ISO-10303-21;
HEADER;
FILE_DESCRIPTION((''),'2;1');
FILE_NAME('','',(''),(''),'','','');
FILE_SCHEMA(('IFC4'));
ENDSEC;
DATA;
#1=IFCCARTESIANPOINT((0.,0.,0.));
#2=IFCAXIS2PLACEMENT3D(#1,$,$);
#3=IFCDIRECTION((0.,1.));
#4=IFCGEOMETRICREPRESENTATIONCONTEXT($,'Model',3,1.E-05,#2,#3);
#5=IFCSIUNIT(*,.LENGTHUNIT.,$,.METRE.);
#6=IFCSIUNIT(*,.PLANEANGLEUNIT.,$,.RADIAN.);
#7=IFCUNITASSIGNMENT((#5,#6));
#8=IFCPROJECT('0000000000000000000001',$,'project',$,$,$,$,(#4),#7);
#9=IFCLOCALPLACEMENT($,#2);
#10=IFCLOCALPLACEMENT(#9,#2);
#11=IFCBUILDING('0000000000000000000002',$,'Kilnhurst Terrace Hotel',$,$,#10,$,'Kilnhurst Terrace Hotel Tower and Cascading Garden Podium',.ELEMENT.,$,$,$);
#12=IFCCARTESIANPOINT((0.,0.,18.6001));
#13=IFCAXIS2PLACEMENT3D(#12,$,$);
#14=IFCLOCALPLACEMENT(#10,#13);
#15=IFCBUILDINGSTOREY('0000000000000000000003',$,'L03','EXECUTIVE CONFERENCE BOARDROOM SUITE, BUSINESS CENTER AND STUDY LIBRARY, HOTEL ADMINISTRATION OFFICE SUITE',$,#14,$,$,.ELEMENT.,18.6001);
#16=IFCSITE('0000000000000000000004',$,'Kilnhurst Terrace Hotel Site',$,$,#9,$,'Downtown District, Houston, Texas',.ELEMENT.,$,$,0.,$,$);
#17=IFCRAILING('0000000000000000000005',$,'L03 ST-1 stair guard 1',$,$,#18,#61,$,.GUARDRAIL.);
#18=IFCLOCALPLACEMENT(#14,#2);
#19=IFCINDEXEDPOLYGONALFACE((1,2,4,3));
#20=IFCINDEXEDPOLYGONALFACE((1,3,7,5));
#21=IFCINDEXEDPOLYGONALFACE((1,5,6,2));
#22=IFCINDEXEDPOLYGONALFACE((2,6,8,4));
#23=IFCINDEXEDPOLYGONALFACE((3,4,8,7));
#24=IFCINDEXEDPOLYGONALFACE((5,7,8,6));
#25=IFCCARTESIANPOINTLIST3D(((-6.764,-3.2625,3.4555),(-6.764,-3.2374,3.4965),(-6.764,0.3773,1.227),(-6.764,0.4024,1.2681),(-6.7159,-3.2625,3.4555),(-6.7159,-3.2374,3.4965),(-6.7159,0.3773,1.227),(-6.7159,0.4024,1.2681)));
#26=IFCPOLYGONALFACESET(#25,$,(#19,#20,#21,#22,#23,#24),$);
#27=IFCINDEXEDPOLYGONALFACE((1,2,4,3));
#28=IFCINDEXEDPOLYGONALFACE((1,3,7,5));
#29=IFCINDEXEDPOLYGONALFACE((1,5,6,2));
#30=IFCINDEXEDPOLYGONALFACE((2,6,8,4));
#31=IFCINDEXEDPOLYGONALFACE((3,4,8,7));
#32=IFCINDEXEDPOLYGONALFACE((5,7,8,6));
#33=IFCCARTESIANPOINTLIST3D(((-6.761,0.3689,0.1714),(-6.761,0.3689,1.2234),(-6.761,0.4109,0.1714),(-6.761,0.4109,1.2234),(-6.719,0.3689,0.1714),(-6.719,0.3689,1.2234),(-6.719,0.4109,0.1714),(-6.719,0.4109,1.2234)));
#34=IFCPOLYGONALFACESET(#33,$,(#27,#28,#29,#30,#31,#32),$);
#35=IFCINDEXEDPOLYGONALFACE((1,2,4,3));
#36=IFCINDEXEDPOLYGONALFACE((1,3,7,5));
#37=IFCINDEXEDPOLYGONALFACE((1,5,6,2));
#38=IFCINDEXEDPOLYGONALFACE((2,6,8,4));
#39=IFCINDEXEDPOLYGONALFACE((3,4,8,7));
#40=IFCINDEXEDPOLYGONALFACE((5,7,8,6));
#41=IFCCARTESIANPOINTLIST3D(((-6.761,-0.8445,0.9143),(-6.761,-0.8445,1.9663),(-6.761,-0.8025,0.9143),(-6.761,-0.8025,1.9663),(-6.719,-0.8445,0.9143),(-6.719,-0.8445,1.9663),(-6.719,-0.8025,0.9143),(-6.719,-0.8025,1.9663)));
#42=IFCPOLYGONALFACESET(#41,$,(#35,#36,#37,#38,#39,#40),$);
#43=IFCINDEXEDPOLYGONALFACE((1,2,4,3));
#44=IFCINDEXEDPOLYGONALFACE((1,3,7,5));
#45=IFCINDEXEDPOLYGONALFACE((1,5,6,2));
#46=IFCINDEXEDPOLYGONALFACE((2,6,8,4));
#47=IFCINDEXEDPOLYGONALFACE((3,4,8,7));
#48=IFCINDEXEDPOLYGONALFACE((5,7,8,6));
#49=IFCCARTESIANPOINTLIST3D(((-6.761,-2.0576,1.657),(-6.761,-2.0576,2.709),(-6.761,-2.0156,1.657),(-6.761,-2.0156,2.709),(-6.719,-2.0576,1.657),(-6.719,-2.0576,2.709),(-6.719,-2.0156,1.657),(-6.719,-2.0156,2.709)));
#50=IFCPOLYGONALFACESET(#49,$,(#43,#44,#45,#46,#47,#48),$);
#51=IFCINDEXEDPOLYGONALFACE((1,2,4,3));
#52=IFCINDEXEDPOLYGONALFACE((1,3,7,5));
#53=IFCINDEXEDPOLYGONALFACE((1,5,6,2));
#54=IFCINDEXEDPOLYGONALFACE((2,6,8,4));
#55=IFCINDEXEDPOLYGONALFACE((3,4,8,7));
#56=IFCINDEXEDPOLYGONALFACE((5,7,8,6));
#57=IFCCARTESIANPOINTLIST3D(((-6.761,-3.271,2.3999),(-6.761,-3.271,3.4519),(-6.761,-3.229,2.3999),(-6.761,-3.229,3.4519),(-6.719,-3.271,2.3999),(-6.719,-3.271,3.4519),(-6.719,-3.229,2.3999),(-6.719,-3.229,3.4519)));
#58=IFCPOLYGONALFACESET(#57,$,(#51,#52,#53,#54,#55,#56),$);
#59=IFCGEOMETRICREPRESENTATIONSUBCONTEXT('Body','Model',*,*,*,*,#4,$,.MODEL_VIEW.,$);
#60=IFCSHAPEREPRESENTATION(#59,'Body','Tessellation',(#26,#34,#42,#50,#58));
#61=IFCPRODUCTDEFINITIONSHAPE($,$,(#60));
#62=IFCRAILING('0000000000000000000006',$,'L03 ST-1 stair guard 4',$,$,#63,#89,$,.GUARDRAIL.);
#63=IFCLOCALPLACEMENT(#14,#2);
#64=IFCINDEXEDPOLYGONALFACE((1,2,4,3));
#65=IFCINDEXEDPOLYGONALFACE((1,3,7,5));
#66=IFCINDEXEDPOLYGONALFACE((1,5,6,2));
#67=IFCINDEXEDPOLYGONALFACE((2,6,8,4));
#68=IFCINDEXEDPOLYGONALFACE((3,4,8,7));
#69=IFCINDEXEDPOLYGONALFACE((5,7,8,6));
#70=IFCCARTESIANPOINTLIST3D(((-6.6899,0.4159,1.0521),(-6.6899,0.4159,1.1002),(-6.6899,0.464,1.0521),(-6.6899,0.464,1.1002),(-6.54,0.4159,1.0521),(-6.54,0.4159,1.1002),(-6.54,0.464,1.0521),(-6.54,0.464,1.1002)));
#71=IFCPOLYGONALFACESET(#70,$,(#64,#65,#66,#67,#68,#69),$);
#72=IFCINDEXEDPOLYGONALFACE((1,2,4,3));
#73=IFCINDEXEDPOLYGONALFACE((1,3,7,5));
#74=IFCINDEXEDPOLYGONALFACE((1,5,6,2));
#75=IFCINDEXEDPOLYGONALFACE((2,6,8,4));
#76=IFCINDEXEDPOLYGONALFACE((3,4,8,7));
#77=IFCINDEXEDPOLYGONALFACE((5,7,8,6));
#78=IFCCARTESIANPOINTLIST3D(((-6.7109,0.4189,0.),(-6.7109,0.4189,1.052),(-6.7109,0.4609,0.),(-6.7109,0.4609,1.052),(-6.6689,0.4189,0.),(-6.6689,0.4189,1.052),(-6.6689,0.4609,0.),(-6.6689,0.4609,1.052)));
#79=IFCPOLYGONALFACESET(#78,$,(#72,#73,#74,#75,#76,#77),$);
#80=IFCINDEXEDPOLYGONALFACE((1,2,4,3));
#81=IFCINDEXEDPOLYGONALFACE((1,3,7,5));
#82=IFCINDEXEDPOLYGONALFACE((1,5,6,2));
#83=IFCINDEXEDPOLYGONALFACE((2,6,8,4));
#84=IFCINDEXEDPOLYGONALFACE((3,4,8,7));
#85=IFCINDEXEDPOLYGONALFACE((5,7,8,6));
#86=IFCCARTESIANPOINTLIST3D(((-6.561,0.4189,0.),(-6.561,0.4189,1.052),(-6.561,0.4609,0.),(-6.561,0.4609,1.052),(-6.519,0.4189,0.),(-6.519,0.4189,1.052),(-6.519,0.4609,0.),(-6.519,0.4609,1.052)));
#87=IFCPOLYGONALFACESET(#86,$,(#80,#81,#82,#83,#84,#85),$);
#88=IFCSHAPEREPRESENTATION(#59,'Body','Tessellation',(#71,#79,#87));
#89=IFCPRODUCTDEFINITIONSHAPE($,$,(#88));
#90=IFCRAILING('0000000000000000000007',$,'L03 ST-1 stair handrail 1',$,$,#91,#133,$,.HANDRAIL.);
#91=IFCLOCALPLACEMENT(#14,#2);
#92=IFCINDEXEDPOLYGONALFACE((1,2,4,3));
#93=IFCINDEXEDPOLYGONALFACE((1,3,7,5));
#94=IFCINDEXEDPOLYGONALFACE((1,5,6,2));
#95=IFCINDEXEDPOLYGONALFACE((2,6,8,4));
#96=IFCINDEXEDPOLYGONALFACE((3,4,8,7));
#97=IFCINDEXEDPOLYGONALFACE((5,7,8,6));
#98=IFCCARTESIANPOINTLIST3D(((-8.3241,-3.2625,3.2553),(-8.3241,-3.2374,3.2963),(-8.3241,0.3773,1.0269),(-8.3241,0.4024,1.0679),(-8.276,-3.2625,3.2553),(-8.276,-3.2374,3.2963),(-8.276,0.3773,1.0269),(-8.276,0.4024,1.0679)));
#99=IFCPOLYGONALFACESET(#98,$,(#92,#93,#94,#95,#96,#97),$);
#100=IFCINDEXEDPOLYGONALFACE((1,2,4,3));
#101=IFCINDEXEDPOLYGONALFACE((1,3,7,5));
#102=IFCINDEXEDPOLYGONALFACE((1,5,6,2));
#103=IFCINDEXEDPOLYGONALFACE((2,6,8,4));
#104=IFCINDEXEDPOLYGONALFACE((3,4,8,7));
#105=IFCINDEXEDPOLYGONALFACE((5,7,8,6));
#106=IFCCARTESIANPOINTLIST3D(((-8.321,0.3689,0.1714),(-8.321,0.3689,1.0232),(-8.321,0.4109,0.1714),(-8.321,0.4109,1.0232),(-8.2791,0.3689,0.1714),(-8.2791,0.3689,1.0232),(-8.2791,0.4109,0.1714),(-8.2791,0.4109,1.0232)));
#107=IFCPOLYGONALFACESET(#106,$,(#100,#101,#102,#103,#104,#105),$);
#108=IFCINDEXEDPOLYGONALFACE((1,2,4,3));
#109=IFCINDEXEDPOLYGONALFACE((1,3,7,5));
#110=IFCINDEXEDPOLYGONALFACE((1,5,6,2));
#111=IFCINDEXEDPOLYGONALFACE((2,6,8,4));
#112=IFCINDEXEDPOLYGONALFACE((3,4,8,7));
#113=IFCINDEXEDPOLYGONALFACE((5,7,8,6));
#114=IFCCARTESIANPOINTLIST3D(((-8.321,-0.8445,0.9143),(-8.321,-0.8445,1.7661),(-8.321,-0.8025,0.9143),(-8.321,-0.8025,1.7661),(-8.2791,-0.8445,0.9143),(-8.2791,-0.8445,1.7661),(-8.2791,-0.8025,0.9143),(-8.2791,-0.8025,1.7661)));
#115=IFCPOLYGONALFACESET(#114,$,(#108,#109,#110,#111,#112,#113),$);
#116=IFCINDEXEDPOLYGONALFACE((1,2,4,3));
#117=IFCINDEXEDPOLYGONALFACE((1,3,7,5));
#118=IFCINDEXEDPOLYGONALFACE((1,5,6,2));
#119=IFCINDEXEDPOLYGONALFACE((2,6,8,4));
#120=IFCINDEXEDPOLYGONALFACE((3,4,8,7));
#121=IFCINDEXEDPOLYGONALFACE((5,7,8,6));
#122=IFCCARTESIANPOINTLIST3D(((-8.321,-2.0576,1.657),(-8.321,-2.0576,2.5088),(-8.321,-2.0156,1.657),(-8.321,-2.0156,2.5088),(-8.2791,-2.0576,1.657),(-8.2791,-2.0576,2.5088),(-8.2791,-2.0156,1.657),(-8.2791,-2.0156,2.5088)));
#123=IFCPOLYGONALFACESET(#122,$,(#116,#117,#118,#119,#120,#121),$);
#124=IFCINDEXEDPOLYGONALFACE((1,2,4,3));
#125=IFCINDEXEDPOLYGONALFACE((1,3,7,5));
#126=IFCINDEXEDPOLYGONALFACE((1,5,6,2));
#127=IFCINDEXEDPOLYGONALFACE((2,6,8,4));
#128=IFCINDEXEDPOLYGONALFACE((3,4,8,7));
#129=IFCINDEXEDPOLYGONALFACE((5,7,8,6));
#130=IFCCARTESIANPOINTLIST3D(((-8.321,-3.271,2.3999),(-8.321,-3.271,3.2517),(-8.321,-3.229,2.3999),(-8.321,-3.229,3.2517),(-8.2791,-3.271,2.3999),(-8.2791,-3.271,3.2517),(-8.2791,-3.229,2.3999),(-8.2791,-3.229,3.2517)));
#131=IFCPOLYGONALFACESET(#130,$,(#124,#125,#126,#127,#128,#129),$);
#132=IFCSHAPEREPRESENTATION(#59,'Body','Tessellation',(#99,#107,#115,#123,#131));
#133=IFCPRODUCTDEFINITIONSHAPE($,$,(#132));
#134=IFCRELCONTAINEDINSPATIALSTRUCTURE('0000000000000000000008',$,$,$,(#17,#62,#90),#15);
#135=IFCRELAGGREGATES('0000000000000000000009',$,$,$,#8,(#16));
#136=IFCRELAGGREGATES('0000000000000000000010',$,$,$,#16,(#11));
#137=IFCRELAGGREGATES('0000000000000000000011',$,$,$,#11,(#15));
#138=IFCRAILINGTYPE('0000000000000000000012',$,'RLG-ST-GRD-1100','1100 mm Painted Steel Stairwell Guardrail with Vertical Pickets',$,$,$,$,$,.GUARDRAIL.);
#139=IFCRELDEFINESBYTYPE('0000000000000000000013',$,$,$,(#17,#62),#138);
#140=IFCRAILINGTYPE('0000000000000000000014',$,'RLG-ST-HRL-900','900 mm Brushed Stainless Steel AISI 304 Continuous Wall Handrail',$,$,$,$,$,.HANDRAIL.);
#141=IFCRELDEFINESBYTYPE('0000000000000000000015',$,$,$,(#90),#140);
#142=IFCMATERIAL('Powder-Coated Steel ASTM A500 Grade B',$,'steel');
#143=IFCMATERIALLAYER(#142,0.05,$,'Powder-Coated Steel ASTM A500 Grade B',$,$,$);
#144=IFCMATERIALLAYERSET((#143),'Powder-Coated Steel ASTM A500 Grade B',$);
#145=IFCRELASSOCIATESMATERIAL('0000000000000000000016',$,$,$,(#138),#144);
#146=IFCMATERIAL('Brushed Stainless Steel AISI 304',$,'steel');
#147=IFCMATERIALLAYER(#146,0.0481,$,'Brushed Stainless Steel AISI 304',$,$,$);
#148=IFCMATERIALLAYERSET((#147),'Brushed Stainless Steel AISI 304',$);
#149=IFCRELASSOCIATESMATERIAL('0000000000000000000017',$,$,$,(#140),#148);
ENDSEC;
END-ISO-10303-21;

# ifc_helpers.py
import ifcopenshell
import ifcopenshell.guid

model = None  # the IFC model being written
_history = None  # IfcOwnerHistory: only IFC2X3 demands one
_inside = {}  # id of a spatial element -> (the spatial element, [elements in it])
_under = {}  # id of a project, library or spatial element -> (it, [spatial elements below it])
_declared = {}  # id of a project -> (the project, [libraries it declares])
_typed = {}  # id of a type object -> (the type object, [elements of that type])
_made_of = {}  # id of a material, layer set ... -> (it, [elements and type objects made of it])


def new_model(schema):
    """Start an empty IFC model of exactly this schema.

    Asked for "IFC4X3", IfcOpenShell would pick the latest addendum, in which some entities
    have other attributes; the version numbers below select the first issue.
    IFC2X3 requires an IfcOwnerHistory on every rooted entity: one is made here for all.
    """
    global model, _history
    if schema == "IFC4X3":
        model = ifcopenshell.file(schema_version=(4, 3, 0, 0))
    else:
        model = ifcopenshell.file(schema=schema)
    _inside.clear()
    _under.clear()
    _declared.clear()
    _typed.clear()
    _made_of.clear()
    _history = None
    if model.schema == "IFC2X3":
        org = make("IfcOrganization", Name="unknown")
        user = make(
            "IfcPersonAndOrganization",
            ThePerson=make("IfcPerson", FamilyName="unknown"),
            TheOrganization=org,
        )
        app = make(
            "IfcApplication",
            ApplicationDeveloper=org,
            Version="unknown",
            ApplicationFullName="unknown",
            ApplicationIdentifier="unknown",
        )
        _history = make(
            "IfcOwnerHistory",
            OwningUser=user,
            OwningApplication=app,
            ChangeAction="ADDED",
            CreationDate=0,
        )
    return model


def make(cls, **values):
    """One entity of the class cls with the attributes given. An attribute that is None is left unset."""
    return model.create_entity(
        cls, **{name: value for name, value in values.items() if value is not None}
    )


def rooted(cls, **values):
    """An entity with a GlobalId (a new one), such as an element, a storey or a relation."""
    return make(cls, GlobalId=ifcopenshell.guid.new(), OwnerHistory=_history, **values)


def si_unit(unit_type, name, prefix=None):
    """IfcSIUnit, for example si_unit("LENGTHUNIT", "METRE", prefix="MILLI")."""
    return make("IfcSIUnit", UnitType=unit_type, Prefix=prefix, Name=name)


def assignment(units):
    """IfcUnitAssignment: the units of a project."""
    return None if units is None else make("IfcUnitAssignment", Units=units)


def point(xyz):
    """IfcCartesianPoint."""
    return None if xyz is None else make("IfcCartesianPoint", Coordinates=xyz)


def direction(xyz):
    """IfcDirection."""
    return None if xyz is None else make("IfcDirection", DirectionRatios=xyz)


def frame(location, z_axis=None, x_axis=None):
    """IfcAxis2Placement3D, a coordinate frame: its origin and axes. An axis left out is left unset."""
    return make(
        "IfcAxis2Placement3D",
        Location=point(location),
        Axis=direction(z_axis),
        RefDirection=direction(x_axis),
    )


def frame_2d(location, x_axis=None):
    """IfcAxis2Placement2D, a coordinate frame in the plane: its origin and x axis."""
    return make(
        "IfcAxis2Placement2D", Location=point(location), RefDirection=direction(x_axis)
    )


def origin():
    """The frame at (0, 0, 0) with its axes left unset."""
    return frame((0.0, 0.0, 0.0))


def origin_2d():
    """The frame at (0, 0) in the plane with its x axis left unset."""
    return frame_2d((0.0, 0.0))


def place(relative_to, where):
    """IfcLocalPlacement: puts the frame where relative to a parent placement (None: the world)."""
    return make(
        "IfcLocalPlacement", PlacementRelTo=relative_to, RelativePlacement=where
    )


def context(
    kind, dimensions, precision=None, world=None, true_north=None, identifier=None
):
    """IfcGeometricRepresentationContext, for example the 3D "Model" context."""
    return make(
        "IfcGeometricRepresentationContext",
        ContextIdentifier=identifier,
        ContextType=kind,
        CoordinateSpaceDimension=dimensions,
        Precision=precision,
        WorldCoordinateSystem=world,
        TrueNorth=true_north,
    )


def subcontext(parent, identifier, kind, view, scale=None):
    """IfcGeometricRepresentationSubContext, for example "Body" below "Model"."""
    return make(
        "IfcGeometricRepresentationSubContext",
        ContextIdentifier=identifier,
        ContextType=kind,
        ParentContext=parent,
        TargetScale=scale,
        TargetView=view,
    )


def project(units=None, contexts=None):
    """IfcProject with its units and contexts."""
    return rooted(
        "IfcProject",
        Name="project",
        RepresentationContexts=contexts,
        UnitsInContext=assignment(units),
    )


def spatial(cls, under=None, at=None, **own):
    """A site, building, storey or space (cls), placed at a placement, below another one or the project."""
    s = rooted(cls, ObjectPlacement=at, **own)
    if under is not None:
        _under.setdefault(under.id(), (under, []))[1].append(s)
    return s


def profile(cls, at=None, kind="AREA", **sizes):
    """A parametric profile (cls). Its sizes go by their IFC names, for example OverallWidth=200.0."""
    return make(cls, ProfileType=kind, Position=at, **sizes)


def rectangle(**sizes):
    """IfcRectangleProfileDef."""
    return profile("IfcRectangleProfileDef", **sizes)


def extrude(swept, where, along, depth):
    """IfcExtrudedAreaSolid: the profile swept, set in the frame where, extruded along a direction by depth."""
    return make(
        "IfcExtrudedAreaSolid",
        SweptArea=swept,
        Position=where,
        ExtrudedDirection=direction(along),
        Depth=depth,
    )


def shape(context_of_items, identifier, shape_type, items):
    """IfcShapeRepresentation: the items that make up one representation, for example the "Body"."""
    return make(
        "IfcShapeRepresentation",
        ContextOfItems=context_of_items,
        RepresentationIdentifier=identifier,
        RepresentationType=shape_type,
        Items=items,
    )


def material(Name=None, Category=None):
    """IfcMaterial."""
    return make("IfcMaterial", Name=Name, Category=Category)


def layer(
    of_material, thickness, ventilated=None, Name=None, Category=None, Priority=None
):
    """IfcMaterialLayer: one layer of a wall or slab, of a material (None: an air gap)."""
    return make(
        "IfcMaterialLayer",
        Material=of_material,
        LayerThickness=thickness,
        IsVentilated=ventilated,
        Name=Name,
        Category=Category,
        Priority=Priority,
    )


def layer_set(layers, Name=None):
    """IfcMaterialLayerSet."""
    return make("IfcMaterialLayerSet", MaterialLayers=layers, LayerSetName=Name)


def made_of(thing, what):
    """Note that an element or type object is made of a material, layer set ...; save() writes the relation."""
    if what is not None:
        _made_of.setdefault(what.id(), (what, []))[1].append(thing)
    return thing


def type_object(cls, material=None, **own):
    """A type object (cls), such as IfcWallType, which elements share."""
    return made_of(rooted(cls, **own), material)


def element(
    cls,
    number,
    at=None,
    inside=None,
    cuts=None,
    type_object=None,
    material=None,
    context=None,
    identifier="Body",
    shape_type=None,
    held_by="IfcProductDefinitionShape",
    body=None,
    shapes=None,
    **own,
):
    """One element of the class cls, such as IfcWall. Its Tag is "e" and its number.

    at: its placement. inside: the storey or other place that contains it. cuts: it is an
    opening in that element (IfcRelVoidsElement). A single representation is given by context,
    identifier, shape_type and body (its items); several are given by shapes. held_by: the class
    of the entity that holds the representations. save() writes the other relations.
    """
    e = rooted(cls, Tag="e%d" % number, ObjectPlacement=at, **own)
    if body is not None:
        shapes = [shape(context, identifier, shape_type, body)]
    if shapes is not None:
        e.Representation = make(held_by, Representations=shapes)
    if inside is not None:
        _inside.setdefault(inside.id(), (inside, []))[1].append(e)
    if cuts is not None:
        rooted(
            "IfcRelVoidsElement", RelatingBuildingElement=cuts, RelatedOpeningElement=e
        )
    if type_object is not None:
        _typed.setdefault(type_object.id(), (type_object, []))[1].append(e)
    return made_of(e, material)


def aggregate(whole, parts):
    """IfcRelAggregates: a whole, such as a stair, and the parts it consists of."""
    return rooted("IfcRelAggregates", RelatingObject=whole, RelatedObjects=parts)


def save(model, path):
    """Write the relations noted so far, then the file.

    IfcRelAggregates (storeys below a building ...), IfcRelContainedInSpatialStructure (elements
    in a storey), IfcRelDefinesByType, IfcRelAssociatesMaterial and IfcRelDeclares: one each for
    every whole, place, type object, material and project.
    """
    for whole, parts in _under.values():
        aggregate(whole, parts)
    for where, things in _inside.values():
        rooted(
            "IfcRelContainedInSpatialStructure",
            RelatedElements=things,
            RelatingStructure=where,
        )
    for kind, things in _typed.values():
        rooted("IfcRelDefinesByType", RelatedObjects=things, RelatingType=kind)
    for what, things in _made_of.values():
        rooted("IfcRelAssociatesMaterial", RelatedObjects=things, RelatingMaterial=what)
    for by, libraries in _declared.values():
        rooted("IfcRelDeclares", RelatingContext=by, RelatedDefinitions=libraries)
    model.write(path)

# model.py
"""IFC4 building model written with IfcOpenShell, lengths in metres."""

from ifc_helpers import new_model, si_unit, direction, frame, origin, origin_2d, place, context, subcontext, project, spatial, rectangle, extrude, material, layer, layer_set, type_object, element, save


model = new_model("IFC4")

# Units and contexts
model_context = context("Model", 3, precision=1e-05, world=origin(), true_north=direction((0.0, 1.0)))
body_context = subcontext(model_context, "Body", "Model", "MODEL_VIEW")
ifc_project = project(units=[si_unit("LENGTHUNIT", "METRE"), si_unit("PLANEANGLEUNIT", "RADIAN")], contexts=[model_context])

# Site, building, storey
site_placement = place(None, origin())
site = spatial("IfcSite", under=ifc_project, at=site_placement, Name="Kilnhurst Terrace Hotel Site", LongName="Downtown District, Houston, Texas", CompositionType="ELEMENT", RefElevation=0.0)
building_placement = place(site_placement, origin())
building = spatial("IfcBuilding", under=site, at=building_placement, Name="Kilnhurst Terrace Hotel", LongName="Kilnhurst Terrace Hotel Tower and Cascading Garden Podium", CompositionType="ELEMENT")
storey_placement = place(building_placement, frame((0.0, 0.0, 18.6001)))
storey = spatial("IfcBuildingStorey", under=building, at=storey_placement, Name="L03", Description="EXECUTIVE CONFERENCE BOARDROOM SUITE, BUSINESS CENTER AND STUDY LIBRARY, HOTEL ADMINISTRATION OFFICE SUITE", CompositionType="ELEMENT", Elevation=18.6001)

# Railings
ifc_material_1 = material(Name="Powder-Coated Steel ASTM A500 Grade B", Category="steel")
ifc_layer_1 = layer(ifc_material_1, 0.05, Name="Powder-Coated Steel ASTM A500 Grade B")
ifc_layer_set_1 = layer_set([ifc_layer_1], Name="Powder-Coated Steel ASTM A500 Grade B")
railing_type_1 = type_object("IfcRailingType", Name="RLG-ST-GRD-1100", Description="1100 mm Painted Steel Stairwell Guardrail with Vertical Pickets", PredefinedType="GUARDRAIL", material=ifc_layer_set_1)
railing_1_placement = place(storey_placement, frame((-6.74, 0.3899, 0.1714)))
element("IfcRailing", 1, at=railing_1_placement, inside=storey, type_object=railing_type_1, Name="L03 ST-1 stair guard 1", PredefinedType="GUARDRAIL", context=body_context, shape_type="SweptSolid", body=[
    extrude(rectangle(XDim=0.0481, YDim=0.0481, at=origin_2d()), frame((0.0, 0.0, 1.0762), z_axis=(0.0, -0.85285, 0.522156), x_axis=(1.0, 0.0, 0.0)), (0.0, 0.0, 1.0), 4.2678),
    extrude(rectangle(XDim=0.042, YDim=0.042, at=origin_2d()), origin(), (0.0, 0.0, 1.0), 1.052),
    extrude(rectangle(XDim=0.042, YDim=0.042, at=origin_2d()), frame((0.0, -1.2134, 0.7429)), (0.0, 0.0, 1.0), 1.052),
    extrude(rectangle(XDim=0.042, YDim=0.042, at=origin_2d()), frame((0.0, -2.4265, 1.4856)), (0.0, 0.0, 1.0), 1.052),
    extrude(rectangle(XDim=0.042, YDim=0.042, at=origin_2d()), frame((0.0, -3.6399, 2.2285)), (0.0, 0.0, 1.0), 1.052),
])
railing_2_placement = place(storey_placement, frame((-6.6899, 0.4399, 0.0)))
element("IfcRailing", 2, at=railing_2_placement, inside=storey, type_object=railing_type_1, Name="L03 ST-1 stair guard 4", PredefinedType="GUARDRAIL", context=body_context, shape_type="SweptSolid", body=[
    extrude(rectangle(XDim=0.0481, YDim=0.0481, at=origin_2d()), frame((0.0, 0.0, 1.0762), z_axis=(1.0, 0.0, 0.0), x_axis=(0.0, 1.0, 0.0)), (0.0, 0.0, 1.0), 0.1499),
    extrude(rectangle(XDim=0.042, YDim=0.042, at=origin_2d()), origin(), (0.0, 0.0, 1.0), 1.052),
    extrude(rectangle(XDim=0.042, YDim=0.042, at=origin_2d()), frame((0.1499, 0.0, 0.0)), (0.0, 0.0, 1.0), 1.052),
])
ifc_material_2 = material(Name="Brushed Stainless Steel AISI 304", Category="steel")
ifc_layer_2 = layer(ifc_material_2, 0.0481, Name="Brushed Stainless Steel AISI 304")
ifc_layer_set_2 = layer_set([ifc_layer_2], Name="Brushed Stainless Steel AISI 304")
railing_type_2 = type_object("IfcRailingType", Name="RLG-ST-HRL-900", Description="900 mm Brushed Stainless Steel AISI 304 Continuous Wall Handrail", PredefinedType="HANDRAIL", material=ifc_layer_set_2)
railing_3_placement = place(storey_placement, frame((-8.3, 0.3899, 0.1714)))
element("IfcRailing", 3, at=railing_3_placement, inside=storey, type_object=railing_type_2, Name="L03 ST-1 stair handrail 1", PredefinedType="HANDRAIL", context=body_context, shape_type="SweptSolid", body=[
    extrude(rectangle(XDim=0.0481, YDim=0.0481, at=origin_2d()), frame((0.0, 0.0, 0.876), z_axis=(0.0, -0.85285, 0.522156), x_axis=(1.0, 0.0, 0.0)), (0.0, 0.0, 1.0), 4.2678),
    extrude(rectangle(XDim=0.042, YDim=0.042, at=origin_2d()), origin(), (0.0, 0.0, 1.0), 0.8518),
    extrude(rectangle(XDim=0.042, YDim=0.042, at=origin_2d()), frame((0.0, -1.2134, 0.7429)), (0.0, 0.0, 1.0), 0.8518),
    extrude(rectangle(XDim=0.042, YDim=0.042, at=origin_2d()), frame((0.0, -2.4265, 1.4856)), (0.0, 0.0, 1.0), 0.8518),
    extrude(rectangle(XDim=0.042, YDim=0.042, at=origin_2d()), frame((0.0, -3.6399, 2.2285)), (0.0, 0.0, 1.0), 0.8518),
])

save(model, "model.ifc")
